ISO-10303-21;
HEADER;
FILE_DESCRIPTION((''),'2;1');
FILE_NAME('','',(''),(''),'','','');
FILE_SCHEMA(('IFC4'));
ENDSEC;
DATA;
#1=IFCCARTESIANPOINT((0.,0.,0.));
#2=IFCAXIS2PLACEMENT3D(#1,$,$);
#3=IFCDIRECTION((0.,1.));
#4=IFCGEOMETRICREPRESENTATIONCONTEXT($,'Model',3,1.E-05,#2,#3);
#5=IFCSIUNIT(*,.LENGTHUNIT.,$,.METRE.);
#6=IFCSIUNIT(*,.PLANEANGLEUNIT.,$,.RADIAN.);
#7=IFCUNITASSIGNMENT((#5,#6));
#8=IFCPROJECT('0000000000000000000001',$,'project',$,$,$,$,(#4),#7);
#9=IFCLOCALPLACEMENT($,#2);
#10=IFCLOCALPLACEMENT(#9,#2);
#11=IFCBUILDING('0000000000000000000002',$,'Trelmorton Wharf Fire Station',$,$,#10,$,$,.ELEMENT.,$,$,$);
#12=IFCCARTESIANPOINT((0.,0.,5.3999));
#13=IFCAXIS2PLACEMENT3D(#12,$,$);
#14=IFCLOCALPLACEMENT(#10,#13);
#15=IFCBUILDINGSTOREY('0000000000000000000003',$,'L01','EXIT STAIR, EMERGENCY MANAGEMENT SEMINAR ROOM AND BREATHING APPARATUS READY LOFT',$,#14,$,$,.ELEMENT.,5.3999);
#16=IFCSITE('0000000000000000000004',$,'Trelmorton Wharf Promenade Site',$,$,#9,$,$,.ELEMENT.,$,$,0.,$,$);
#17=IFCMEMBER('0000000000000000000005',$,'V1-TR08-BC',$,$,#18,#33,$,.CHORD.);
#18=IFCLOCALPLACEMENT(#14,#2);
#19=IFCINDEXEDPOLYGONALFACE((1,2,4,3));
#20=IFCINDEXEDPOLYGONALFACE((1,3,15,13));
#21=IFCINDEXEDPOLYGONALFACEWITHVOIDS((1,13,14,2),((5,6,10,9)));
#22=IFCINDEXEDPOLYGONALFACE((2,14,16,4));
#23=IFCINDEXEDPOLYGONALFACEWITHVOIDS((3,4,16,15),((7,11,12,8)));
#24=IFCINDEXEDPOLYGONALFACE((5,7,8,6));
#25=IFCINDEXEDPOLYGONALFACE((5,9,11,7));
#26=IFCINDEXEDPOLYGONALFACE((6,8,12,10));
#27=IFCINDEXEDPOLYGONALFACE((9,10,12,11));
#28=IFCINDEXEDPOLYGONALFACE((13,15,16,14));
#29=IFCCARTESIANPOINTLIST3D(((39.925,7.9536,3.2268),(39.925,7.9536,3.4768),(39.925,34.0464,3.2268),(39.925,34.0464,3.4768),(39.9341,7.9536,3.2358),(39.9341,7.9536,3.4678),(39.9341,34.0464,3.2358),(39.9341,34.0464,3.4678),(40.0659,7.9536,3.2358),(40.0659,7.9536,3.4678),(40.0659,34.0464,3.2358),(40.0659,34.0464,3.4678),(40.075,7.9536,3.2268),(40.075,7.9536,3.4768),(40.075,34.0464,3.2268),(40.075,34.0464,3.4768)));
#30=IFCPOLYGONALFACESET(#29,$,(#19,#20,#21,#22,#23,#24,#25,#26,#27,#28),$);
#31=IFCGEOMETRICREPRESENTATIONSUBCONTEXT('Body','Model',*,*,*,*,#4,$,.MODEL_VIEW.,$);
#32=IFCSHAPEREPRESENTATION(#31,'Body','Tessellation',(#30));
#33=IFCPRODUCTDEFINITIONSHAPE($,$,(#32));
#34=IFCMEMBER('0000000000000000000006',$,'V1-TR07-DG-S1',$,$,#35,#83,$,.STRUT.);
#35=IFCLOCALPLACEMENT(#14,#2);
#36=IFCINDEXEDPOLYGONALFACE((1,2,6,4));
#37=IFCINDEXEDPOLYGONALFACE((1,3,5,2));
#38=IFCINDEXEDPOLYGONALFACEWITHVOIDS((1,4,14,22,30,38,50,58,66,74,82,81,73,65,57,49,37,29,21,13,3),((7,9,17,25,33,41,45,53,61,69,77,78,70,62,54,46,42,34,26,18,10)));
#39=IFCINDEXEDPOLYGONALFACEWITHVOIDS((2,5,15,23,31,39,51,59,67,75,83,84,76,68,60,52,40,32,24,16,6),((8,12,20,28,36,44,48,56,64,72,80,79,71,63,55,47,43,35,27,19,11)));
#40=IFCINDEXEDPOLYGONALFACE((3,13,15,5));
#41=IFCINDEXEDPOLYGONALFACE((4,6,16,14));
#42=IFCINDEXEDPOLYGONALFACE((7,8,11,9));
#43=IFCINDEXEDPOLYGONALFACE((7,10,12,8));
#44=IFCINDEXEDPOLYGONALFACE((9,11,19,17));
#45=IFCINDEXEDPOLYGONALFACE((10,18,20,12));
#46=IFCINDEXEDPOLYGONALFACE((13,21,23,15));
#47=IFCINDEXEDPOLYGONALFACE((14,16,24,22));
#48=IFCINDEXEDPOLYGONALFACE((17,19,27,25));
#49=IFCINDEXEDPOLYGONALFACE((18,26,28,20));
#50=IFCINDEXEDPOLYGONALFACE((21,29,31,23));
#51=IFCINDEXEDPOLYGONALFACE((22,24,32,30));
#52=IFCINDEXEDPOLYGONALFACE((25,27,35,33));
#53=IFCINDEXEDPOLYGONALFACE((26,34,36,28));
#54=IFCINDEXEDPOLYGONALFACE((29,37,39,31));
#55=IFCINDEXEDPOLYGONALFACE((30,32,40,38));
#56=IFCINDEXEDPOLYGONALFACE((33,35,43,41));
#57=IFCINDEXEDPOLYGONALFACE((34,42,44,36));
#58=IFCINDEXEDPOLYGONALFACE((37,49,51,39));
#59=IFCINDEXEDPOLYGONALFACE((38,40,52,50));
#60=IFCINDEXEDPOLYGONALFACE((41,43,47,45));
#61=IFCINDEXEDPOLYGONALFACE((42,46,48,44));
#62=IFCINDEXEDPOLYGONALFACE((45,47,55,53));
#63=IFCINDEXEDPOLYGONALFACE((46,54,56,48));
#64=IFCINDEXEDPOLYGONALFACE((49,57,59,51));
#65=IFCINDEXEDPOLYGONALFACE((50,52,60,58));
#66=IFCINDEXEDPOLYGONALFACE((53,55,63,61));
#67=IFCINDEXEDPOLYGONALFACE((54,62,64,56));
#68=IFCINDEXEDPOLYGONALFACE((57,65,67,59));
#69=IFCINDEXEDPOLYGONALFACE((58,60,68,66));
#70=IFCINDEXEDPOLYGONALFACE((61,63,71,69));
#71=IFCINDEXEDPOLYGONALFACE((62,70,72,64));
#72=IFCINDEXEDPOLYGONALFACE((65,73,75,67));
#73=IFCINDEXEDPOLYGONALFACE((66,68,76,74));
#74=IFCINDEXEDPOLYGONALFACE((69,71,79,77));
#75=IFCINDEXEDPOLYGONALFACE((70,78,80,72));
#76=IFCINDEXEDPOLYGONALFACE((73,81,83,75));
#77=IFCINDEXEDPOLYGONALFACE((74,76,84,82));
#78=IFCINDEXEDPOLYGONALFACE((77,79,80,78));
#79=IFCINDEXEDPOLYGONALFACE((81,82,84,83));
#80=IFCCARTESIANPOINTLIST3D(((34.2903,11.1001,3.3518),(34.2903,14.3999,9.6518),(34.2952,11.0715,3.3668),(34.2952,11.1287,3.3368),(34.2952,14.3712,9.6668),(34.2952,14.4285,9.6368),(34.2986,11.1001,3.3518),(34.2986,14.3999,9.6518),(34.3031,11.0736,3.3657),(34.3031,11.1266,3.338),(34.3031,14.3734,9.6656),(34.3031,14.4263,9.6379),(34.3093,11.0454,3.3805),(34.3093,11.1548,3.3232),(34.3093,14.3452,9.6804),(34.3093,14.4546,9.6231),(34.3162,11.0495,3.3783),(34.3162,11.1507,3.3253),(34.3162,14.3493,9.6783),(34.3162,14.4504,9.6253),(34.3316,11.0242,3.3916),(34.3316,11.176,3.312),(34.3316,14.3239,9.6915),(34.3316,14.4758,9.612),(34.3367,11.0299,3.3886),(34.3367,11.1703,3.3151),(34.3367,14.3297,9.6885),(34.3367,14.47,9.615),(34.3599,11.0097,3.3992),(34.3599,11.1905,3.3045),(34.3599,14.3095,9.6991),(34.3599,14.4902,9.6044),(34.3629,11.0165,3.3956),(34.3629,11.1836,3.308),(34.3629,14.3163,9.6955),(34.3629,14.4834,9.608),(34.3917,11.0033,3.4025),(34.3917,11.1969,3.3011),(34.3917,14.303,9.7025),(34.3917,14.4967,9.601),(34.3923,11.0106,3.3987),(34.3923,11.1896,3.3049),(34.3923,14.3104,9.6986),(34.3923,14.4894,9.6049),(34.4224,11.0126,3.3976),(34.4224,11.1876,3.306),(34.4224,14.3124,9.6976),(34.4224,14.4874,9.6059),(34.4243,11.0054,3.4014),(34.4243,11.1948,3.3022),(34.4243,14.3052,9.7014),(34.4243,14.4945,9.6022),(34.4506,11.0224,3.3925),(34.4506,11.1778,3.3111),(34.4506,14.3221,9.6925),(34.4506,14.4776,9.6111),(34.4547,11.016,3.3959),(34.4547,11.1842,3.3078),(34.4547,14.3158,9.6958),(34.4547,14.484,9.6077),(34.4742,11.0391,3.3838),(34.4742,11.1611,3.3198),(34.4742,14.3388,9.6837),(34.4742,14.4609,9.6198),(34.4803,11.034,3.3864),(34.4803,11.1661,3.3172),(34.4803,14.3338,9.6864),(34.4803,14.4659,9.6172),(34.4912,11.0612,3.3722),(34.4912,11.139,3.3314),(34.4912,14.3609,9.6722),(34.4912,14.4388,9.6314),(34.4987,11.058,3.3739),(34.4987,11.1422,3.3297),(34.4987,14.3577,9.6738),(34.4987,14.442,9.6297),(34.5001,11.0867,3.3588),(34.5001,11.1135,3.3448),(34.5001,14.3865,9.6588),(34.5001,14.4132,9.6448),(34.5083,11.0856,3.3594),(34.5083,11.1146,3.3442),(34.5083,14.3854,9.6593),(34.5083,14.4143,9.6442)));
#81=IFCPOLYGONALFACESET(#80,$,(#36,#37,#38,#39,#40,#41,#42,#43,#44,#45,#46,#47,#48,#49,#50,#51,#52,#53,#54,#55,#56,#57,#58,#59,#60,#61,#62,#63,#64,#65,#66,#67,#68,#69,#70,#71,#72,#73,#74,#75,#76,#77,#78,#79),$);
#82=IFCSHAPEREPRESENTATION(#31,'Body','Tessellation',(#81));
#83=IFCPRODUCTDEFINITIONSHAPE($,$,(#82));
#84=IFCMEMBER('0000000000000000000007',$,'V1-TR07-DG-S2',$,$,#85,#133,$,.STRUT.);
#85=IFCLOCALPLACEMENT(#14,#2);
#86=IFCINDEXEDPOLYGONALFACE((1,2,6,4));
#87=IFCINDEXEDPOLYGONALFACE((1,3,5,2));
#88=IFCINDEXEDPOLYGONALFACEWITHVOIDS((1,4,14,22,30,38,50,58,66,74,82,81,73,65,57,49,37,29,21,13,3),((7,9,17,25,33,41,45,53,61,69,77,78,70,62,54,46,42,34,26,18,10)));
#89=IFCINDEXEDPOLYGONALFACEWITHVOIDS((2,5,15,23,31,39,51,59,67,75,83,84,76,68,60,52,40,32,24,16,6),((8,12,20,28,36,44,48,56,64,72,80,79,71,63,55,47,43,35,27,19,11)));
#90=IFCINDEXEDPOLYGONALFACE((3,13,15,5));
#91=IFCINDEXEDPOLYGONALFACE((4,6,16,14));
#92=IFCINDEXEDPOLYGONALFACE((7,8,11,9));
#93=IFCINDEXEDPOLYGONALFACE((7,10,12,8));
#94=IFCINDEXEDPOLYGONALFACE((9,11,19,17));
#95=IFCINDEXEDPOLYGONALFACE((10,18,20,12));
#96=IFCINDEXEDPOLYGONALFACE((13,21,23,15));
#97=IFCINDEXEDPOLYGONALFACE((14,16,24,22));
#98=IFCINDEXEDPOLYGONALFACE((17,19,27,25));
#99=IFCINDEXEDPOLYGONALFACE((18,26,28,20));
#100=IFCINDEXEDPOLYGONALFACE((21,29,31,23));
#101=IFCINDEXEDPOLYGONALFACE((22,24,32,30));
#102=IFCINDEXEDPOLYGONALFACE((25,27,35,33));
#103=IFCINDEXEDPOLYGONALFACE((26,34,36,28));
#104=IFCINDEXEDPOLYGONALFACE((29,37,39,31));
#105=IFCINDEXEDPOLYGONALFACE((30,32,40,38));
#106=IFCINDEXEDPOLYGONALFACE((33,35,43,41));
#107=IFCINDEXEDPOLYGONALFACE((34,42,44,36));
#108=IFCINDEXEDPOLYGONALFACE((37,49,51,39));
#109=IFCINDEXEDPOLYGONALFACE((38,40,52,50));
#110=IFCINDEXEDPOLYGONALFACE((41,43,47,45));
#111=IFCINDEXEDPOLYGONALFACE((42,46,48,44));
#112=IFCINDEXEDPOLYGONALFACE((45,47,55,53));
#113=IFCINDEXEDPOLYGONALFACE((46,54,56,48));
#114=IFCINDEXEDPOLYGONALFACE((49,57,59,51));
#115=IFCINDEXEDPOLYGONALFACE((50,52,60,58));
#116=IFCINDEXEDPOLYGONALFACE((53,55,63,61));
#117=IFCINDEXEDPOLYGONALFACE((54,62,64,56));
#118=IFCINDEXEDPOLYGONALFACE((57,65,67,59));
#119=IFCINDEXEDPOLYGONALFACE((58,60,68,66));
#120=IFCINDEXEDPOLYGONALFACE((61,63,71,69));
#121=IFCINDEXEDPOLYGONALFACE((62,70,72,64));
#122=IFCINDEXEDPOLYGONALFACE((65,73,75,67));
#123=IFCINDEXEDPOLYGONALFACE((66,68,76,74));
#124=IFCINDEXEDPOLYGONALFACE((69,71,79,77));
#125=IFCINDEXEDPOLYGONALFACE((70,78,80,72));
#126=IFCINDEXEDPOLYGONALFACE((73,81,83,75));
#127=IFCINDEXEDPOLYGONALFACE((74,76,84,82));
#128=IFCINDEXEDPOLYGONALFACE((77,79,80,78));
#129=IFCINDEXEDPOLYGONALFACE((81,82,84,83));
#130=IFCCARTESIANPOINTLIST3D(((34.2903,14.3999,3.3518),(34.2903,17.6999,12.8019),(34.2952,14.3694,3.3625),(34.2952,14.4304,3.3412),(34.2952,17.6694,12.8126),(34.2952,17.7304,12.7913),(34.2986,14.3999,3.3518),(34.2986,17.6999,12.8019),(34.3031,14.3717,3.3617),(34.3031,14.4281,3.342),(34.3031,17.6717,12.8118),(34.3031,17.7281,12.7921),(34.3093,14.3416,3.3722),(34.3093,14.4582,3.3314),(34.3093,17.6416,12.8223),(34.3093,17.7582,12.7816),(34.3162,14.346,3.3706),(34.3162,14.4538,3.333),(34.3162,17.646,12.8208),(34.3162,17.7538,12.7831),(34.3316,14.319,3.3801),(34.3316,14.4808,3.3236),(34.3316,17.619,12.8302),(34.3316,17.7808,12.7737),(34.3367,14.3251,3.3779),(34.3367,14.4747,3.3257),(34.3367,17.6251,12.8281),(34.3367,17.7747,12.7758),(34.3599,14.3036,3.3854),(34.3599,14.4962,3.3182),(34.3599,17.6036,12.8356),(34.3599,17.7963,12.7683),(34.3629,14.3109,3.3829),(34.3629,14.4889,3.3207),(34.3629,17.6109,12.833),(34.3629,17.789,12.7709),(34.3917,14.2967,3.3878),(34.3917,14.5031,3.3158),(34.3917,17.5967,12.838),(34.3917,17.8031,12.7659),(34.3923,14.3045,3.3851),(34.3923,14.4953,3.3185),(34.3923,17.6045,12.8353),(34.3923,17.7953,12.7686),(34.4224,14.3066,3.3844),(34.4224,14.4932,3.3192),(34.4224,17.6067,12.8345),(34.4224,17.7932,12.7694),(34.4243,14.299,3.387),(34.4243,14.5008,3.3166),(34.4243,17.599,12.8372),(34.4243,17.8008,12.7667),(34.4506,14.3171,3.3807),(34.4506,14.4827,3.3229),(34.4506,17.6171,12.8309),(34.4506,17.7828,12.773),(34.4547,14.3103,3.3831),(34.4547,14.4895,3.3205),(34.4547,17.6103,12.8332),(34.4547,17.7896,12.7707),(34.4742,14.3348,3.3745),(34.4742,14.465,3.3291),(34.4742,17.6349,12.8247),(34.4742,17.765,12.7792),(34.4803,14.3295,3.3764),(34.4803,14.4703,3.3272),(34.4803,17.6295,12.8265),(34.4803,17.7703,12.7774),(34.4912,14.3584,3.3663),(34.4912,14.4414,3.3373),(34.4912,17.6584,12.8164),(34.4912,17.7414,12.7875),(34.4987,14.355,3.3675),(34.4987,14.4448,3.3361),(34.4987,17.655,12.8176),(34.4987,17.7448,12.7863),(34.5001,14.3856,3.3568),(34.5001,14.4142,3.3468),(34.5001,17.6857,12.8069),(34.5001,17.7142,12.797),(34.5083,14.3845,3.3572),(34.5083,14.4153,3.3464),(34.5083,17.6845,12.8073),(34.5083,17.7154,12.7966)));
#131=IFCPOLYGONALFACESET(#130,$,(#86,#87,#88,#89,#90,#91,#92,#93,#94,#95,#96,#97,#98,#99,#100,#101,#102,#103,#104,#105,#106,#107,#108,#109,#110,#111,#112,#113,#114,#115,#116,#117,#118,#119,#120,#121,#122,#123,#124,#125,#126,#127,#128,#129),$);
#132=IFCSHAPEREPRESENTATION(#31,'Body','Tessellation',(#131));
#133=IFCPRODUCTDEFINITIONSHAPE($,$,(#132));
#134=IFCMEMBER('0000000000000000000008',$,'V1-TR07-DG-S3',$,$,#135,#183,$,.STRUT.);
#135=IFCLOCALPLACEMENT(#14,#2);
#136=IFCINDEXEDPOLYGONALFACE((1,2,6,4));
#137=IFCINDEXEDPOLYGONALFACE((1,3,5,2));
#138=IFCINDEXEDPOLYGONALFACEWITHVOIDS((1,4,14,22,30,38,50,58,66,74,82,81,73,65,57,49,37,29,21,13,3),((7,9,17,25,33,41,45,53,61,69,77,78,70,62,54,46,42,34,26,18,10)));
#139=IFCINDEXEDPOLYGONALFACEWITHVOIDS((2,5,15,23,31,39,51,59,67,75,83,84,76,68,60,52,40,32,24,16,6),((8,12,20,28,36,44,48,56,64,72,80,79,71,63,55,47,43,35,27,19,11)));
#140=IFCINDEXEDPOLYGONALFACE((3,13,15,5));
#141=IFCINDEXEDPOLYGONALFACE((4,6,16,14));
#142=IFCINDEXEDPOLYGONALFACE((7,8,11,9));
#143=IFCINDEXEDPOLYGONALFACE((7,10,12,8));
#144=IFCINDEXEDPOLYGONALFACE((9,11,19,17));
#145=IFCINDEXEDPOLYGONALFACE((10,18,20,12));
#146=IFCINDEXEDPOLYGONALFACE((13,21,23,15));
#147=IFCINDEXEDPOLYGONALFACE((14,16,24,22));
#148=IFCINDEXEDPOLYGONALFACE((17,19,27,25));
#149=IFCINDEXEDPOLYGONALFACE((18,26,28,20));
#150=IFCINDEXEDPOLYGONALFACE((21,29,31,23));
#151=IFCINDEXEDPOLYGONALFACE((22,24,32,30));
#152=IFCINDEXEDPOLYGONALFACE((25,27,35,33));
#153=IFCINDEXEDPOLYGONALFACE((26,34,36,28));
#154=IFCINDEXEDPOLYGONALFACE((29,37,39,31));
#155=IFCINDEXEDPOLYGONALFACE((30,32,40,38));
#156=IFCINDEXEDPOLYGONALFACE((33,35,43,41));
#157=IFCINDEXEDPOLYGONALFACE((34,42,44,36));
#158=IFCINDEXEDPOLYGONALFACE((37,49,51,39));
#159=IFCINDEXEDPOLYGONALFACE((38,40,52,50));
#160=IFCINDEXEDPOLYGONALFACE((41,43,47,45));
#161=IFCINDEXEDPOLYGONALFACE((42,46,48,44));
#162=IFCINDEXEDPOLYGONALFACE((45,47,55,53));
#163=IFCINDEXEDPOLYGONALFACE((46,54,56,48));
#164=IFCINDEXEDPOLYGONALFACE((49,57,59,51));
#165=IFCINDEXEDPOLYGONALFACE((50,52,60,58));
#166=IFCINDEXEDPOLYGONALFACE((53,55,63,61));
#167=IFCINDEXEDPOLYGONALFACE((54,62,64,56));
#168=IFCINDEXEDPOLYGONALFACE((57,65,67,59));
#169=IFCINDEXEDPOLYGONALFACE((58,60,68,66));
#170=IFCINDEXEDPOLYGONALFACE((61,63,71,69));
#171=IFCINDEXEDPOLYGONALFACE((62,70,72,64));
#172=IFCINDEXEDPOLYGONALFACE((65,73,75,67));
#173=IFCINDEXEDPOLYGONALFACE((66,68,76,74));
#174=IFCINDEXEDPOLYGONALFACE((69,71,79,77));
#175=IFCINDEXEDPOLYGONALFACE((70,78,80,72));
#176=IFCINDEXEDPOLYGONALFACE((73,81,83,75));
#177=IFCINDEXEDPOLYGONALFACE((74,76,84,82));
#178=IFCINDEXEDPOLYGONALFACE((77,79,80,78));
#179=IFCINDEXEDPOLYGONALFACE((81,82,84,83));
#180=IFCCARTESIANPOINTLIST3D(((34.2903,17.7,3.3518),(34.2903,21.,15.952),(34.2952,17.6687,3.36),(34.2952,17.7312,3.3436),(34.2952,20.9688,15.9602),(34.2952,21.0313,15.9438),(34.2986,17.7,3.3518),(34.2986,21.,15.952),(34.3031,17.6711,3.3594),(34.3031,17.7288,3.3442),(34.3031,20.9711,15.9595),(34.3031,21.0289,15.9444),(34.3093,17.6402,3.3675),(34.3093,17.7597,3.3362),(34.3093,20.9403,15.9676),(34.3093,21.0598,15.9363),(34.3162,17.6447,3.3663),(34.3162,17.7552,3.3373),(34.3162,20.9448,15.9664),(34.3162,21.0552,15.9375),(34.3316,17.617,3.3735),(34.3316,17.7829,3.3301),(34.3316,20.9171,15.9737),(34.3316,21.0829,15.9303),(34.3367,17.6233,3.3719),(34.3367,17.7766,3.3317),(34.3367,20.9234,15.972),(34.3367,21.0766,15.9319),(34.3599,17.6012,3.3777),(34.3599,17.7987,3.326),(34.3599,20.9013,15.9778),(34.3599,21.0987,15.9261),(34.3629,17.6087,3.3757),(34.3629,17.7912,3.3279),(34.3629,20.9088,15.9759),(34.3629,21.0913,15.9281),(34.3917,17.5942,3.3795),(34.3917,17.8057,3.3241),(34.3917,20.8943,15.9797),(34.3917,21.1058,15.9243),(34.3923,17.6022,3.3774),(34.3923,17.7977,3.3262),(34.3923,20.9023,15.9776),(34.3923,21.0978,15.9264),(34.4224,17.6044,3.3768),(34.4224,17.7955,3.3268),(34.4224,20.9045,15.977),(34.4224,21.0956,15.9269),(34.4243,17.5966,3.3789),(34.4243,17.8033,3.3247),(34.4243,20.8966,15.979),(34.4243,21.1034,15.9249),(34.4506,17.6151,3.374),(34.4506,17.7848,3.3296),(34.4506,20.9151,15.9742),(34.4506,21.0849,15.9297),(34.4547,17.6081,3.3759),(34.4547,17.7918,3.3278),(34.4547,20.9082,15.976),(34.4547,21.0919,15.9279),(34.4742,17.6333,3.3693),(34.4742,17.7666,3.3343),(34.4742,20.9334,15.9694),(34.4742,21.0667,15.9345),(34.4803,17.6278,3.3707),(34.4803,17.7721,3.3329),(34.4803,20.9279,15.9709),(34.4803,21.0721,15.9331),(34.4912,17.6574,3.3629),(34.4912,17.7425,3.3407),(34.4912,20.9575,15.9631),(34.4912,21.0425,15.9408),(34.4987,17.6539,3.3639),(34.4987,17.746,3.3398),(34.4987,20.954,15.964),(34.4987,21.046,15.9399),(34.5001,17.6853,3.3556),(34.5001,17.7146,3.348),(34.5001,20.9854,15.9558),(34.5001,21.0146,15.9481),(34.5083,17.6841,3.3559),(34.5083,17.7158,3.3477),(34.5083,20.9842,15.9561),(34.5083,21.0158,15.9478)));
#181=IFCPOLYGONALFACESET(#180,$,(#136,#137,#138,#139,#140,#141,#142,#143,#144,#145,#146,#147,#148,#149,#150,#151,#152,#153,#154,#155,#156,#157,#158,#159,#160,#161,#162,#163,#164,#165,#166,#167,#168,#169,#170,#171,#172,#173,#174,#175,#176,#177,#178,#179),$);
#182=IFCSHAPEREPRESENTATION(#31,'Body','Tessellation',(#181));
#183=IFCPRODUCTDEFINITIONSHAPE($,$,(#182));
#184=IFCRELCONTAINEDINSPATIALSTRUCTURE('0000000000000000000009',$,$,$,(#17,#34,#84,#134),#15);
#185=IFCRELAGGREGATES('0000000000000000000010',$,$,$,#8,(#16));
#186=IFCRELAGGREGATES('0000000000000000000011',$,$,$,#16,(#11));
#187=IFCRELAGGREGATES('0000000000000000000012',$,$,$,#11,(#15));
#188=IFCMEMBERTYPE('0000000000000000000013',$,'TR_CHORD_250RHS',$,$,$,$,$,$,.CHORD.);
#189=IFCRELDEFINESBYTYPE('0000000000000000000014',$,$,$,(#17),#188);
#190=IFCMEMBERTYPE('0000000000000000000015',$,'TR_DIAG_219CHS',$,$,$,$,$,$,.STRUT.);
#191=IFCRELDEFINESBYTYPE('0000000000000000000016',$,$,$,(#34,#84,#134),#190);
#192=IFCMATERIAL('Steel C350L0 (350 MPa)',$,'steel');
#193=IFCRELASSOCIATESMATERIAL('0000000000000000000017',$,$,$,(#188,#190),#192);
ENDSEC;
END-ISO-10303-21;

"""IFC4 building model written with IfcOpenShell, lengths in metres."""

from ifc_helpers import new_model, si_unit, direction, frame, origin, origin_2d, place, context, subcontext, project, spatial, hollow_rectangle, hollow_circle, extrude, material, material_profile, profile_set, type_object, element, save


model = new_model("IFC4")

# Units and contexts
model_context = context("Model", 3, precision=1e-05, world=origin(), true_north=direction((0.0, 1.0)))
body_context = subcontext(model_context, "Body", "Model", "MODEL_VIEW")
ifc_project = project(units=[si_unit("LENGTHUNIT", "METRE"), si_unit("PLANEANGLEUNIT", "RADIAN")], contexts=[model_context])

# Site, building, storey
site_placement = place(None, origin())
site = spatial("IfcSite", under=ifc_project, at=site_placement, Name="Trelmorton Wharf Promenade Site", CompositionType="ELEMENT", RefElevation=0.0)
building_placement = place(site_placement, origin())
building = spatial("IfcBuilding", under=site, at=building_placement, Name="Trelmorton Wharf Fire Station", CompositionType="ELEMENT")
storey_placement = place(building_placement, frame((0.0, 0.0, 5.3999)))
storey = spatial("IfcBuildingStorey", under=building, at=storey_placement, Name="L01", Description="EXIT STAIR, EMERGENCY MANAGEMENT SEMINAR ROOM AND BREATHING APPARATUS READY LOFT", CompositionType="ELEMENT", Elevation=5.3999)

# Members
ifc_material_1 = material(Name="Steel C350L0 (350 MPa)", Category="steel")
ifc_material_profile_1 = material_profile(ifc_material_1, hollow_rectangle(XDim=0.1499, YDim=0.25, WallThickness=0.009, at=origin_2d()), Name="250x150x9.0RHS")
ifc_profile_set_1 = profile_set([ifc_material_profile_1], Name="Steel C350L0 (350 MPa)")
member_type_1 = type_object("IfcMemberType", Name="TR_CHORD_250RHS", PredefinedType="CHORD", material=ifc_profile_set_1)
for number, where, z_axis, x_axis, name in (
    (1, (40.0, 7.9536, 3.3518), (0.0, 1.0, 0.0), (-1.0, 0.0, 0.0), "V1-TR08-BC"),
):
    element("IfcMember", number, at=place(storey_placement, frame(where, z_axis=z_axis, x_axis=x_axis)), inside=storey, type_object=member_type_1, Name=name, PredefinedType="CHORD", context=body_context, shape_type="SweptSolid", body=[
        extrude(hollow_rectangle(XDim=0.1499, YDim=0.25, WallThickness=0.009, at=origin_2d()), origin(), (0.0, 0.0, 1.0), 26.0928),
    ])
ifc_material_profile_2 = material_profile(ifc_material_1, hollow_circle(Radius=0.1096, WallThickness=0.0083, at=origin_2d()), Name="219.1x8.2CHS")
ifc_profile_set_2 = profile_set([ifc_material_profile_2], Name="Steel C350L0 (350 MPa)")
member_type_2 = type_object("IfcMemberType", Name="TR_DIAG_219CHS", PredefinedType="STRUT", material=ifc_profile_set_2)
member_1_placement = place(storey_placement, frame((34.3999, 11.1001, 3.3518), z_axis=(0.0, 0.463983, 0.885844), x_axis=(-1.0, 0.0, 0.0)))
element("IfcMember", 2, at=member_1_placement, inside=storey, type_object=member_type_2, Name="V1-TR07-DG-S1", PredefinedType="STRUT", context=body_context, shape_type="SweptSolid", body=[
    extrude(hollow_circle(Radius=0.1096, WallThickness=0.0083, at=origin_2d()), origin(), (0.0, 0.0, 1.0), 7.1118),
])
member_2_placement = place(storey_placement, frame((34.3999, 14.3999, 3.3518), z_axis=(0.0, 0.329681, 0.944092), x_axis=(-1.0, 0.0, 0.0)))
element("IfcMember", 3, at=member_2_placement, inside=storey, type_object=member_type_2, Name="V1-TR07-DG-S2", PredefinedType="STRUT", context=body_context, shape_type="SweptSolid", body=[
    extrude(hollow_circle(Radius=0.1096, WallThickness=0.0083, at=origin_2d()), origin(), (0.0, 0.0, 1.0), 10.0098),
])
member_3_placement = place(storey_placement, frame((34.3999, 17.7, 3.3518), z_axis=(0.0, 0.253361, 0.967372), x_axis=(-1.0, 0.0, 0.0)))
element("IfcMember", 4, at=member_3_placement, inside=storey, type_object=member_type_2, Name="V1-TR07-DG-S3", PredefinedType="STRUT", context=body_context, shape_type="SweptSolid", body=[
    extrude(hollow_circle(Radius=0.1096, WallThickness=0.0083, at=origin_2d()), origin(), (0.0, 0.0, 1.0), 13.0251),
])

save(model, "model.ifc")
